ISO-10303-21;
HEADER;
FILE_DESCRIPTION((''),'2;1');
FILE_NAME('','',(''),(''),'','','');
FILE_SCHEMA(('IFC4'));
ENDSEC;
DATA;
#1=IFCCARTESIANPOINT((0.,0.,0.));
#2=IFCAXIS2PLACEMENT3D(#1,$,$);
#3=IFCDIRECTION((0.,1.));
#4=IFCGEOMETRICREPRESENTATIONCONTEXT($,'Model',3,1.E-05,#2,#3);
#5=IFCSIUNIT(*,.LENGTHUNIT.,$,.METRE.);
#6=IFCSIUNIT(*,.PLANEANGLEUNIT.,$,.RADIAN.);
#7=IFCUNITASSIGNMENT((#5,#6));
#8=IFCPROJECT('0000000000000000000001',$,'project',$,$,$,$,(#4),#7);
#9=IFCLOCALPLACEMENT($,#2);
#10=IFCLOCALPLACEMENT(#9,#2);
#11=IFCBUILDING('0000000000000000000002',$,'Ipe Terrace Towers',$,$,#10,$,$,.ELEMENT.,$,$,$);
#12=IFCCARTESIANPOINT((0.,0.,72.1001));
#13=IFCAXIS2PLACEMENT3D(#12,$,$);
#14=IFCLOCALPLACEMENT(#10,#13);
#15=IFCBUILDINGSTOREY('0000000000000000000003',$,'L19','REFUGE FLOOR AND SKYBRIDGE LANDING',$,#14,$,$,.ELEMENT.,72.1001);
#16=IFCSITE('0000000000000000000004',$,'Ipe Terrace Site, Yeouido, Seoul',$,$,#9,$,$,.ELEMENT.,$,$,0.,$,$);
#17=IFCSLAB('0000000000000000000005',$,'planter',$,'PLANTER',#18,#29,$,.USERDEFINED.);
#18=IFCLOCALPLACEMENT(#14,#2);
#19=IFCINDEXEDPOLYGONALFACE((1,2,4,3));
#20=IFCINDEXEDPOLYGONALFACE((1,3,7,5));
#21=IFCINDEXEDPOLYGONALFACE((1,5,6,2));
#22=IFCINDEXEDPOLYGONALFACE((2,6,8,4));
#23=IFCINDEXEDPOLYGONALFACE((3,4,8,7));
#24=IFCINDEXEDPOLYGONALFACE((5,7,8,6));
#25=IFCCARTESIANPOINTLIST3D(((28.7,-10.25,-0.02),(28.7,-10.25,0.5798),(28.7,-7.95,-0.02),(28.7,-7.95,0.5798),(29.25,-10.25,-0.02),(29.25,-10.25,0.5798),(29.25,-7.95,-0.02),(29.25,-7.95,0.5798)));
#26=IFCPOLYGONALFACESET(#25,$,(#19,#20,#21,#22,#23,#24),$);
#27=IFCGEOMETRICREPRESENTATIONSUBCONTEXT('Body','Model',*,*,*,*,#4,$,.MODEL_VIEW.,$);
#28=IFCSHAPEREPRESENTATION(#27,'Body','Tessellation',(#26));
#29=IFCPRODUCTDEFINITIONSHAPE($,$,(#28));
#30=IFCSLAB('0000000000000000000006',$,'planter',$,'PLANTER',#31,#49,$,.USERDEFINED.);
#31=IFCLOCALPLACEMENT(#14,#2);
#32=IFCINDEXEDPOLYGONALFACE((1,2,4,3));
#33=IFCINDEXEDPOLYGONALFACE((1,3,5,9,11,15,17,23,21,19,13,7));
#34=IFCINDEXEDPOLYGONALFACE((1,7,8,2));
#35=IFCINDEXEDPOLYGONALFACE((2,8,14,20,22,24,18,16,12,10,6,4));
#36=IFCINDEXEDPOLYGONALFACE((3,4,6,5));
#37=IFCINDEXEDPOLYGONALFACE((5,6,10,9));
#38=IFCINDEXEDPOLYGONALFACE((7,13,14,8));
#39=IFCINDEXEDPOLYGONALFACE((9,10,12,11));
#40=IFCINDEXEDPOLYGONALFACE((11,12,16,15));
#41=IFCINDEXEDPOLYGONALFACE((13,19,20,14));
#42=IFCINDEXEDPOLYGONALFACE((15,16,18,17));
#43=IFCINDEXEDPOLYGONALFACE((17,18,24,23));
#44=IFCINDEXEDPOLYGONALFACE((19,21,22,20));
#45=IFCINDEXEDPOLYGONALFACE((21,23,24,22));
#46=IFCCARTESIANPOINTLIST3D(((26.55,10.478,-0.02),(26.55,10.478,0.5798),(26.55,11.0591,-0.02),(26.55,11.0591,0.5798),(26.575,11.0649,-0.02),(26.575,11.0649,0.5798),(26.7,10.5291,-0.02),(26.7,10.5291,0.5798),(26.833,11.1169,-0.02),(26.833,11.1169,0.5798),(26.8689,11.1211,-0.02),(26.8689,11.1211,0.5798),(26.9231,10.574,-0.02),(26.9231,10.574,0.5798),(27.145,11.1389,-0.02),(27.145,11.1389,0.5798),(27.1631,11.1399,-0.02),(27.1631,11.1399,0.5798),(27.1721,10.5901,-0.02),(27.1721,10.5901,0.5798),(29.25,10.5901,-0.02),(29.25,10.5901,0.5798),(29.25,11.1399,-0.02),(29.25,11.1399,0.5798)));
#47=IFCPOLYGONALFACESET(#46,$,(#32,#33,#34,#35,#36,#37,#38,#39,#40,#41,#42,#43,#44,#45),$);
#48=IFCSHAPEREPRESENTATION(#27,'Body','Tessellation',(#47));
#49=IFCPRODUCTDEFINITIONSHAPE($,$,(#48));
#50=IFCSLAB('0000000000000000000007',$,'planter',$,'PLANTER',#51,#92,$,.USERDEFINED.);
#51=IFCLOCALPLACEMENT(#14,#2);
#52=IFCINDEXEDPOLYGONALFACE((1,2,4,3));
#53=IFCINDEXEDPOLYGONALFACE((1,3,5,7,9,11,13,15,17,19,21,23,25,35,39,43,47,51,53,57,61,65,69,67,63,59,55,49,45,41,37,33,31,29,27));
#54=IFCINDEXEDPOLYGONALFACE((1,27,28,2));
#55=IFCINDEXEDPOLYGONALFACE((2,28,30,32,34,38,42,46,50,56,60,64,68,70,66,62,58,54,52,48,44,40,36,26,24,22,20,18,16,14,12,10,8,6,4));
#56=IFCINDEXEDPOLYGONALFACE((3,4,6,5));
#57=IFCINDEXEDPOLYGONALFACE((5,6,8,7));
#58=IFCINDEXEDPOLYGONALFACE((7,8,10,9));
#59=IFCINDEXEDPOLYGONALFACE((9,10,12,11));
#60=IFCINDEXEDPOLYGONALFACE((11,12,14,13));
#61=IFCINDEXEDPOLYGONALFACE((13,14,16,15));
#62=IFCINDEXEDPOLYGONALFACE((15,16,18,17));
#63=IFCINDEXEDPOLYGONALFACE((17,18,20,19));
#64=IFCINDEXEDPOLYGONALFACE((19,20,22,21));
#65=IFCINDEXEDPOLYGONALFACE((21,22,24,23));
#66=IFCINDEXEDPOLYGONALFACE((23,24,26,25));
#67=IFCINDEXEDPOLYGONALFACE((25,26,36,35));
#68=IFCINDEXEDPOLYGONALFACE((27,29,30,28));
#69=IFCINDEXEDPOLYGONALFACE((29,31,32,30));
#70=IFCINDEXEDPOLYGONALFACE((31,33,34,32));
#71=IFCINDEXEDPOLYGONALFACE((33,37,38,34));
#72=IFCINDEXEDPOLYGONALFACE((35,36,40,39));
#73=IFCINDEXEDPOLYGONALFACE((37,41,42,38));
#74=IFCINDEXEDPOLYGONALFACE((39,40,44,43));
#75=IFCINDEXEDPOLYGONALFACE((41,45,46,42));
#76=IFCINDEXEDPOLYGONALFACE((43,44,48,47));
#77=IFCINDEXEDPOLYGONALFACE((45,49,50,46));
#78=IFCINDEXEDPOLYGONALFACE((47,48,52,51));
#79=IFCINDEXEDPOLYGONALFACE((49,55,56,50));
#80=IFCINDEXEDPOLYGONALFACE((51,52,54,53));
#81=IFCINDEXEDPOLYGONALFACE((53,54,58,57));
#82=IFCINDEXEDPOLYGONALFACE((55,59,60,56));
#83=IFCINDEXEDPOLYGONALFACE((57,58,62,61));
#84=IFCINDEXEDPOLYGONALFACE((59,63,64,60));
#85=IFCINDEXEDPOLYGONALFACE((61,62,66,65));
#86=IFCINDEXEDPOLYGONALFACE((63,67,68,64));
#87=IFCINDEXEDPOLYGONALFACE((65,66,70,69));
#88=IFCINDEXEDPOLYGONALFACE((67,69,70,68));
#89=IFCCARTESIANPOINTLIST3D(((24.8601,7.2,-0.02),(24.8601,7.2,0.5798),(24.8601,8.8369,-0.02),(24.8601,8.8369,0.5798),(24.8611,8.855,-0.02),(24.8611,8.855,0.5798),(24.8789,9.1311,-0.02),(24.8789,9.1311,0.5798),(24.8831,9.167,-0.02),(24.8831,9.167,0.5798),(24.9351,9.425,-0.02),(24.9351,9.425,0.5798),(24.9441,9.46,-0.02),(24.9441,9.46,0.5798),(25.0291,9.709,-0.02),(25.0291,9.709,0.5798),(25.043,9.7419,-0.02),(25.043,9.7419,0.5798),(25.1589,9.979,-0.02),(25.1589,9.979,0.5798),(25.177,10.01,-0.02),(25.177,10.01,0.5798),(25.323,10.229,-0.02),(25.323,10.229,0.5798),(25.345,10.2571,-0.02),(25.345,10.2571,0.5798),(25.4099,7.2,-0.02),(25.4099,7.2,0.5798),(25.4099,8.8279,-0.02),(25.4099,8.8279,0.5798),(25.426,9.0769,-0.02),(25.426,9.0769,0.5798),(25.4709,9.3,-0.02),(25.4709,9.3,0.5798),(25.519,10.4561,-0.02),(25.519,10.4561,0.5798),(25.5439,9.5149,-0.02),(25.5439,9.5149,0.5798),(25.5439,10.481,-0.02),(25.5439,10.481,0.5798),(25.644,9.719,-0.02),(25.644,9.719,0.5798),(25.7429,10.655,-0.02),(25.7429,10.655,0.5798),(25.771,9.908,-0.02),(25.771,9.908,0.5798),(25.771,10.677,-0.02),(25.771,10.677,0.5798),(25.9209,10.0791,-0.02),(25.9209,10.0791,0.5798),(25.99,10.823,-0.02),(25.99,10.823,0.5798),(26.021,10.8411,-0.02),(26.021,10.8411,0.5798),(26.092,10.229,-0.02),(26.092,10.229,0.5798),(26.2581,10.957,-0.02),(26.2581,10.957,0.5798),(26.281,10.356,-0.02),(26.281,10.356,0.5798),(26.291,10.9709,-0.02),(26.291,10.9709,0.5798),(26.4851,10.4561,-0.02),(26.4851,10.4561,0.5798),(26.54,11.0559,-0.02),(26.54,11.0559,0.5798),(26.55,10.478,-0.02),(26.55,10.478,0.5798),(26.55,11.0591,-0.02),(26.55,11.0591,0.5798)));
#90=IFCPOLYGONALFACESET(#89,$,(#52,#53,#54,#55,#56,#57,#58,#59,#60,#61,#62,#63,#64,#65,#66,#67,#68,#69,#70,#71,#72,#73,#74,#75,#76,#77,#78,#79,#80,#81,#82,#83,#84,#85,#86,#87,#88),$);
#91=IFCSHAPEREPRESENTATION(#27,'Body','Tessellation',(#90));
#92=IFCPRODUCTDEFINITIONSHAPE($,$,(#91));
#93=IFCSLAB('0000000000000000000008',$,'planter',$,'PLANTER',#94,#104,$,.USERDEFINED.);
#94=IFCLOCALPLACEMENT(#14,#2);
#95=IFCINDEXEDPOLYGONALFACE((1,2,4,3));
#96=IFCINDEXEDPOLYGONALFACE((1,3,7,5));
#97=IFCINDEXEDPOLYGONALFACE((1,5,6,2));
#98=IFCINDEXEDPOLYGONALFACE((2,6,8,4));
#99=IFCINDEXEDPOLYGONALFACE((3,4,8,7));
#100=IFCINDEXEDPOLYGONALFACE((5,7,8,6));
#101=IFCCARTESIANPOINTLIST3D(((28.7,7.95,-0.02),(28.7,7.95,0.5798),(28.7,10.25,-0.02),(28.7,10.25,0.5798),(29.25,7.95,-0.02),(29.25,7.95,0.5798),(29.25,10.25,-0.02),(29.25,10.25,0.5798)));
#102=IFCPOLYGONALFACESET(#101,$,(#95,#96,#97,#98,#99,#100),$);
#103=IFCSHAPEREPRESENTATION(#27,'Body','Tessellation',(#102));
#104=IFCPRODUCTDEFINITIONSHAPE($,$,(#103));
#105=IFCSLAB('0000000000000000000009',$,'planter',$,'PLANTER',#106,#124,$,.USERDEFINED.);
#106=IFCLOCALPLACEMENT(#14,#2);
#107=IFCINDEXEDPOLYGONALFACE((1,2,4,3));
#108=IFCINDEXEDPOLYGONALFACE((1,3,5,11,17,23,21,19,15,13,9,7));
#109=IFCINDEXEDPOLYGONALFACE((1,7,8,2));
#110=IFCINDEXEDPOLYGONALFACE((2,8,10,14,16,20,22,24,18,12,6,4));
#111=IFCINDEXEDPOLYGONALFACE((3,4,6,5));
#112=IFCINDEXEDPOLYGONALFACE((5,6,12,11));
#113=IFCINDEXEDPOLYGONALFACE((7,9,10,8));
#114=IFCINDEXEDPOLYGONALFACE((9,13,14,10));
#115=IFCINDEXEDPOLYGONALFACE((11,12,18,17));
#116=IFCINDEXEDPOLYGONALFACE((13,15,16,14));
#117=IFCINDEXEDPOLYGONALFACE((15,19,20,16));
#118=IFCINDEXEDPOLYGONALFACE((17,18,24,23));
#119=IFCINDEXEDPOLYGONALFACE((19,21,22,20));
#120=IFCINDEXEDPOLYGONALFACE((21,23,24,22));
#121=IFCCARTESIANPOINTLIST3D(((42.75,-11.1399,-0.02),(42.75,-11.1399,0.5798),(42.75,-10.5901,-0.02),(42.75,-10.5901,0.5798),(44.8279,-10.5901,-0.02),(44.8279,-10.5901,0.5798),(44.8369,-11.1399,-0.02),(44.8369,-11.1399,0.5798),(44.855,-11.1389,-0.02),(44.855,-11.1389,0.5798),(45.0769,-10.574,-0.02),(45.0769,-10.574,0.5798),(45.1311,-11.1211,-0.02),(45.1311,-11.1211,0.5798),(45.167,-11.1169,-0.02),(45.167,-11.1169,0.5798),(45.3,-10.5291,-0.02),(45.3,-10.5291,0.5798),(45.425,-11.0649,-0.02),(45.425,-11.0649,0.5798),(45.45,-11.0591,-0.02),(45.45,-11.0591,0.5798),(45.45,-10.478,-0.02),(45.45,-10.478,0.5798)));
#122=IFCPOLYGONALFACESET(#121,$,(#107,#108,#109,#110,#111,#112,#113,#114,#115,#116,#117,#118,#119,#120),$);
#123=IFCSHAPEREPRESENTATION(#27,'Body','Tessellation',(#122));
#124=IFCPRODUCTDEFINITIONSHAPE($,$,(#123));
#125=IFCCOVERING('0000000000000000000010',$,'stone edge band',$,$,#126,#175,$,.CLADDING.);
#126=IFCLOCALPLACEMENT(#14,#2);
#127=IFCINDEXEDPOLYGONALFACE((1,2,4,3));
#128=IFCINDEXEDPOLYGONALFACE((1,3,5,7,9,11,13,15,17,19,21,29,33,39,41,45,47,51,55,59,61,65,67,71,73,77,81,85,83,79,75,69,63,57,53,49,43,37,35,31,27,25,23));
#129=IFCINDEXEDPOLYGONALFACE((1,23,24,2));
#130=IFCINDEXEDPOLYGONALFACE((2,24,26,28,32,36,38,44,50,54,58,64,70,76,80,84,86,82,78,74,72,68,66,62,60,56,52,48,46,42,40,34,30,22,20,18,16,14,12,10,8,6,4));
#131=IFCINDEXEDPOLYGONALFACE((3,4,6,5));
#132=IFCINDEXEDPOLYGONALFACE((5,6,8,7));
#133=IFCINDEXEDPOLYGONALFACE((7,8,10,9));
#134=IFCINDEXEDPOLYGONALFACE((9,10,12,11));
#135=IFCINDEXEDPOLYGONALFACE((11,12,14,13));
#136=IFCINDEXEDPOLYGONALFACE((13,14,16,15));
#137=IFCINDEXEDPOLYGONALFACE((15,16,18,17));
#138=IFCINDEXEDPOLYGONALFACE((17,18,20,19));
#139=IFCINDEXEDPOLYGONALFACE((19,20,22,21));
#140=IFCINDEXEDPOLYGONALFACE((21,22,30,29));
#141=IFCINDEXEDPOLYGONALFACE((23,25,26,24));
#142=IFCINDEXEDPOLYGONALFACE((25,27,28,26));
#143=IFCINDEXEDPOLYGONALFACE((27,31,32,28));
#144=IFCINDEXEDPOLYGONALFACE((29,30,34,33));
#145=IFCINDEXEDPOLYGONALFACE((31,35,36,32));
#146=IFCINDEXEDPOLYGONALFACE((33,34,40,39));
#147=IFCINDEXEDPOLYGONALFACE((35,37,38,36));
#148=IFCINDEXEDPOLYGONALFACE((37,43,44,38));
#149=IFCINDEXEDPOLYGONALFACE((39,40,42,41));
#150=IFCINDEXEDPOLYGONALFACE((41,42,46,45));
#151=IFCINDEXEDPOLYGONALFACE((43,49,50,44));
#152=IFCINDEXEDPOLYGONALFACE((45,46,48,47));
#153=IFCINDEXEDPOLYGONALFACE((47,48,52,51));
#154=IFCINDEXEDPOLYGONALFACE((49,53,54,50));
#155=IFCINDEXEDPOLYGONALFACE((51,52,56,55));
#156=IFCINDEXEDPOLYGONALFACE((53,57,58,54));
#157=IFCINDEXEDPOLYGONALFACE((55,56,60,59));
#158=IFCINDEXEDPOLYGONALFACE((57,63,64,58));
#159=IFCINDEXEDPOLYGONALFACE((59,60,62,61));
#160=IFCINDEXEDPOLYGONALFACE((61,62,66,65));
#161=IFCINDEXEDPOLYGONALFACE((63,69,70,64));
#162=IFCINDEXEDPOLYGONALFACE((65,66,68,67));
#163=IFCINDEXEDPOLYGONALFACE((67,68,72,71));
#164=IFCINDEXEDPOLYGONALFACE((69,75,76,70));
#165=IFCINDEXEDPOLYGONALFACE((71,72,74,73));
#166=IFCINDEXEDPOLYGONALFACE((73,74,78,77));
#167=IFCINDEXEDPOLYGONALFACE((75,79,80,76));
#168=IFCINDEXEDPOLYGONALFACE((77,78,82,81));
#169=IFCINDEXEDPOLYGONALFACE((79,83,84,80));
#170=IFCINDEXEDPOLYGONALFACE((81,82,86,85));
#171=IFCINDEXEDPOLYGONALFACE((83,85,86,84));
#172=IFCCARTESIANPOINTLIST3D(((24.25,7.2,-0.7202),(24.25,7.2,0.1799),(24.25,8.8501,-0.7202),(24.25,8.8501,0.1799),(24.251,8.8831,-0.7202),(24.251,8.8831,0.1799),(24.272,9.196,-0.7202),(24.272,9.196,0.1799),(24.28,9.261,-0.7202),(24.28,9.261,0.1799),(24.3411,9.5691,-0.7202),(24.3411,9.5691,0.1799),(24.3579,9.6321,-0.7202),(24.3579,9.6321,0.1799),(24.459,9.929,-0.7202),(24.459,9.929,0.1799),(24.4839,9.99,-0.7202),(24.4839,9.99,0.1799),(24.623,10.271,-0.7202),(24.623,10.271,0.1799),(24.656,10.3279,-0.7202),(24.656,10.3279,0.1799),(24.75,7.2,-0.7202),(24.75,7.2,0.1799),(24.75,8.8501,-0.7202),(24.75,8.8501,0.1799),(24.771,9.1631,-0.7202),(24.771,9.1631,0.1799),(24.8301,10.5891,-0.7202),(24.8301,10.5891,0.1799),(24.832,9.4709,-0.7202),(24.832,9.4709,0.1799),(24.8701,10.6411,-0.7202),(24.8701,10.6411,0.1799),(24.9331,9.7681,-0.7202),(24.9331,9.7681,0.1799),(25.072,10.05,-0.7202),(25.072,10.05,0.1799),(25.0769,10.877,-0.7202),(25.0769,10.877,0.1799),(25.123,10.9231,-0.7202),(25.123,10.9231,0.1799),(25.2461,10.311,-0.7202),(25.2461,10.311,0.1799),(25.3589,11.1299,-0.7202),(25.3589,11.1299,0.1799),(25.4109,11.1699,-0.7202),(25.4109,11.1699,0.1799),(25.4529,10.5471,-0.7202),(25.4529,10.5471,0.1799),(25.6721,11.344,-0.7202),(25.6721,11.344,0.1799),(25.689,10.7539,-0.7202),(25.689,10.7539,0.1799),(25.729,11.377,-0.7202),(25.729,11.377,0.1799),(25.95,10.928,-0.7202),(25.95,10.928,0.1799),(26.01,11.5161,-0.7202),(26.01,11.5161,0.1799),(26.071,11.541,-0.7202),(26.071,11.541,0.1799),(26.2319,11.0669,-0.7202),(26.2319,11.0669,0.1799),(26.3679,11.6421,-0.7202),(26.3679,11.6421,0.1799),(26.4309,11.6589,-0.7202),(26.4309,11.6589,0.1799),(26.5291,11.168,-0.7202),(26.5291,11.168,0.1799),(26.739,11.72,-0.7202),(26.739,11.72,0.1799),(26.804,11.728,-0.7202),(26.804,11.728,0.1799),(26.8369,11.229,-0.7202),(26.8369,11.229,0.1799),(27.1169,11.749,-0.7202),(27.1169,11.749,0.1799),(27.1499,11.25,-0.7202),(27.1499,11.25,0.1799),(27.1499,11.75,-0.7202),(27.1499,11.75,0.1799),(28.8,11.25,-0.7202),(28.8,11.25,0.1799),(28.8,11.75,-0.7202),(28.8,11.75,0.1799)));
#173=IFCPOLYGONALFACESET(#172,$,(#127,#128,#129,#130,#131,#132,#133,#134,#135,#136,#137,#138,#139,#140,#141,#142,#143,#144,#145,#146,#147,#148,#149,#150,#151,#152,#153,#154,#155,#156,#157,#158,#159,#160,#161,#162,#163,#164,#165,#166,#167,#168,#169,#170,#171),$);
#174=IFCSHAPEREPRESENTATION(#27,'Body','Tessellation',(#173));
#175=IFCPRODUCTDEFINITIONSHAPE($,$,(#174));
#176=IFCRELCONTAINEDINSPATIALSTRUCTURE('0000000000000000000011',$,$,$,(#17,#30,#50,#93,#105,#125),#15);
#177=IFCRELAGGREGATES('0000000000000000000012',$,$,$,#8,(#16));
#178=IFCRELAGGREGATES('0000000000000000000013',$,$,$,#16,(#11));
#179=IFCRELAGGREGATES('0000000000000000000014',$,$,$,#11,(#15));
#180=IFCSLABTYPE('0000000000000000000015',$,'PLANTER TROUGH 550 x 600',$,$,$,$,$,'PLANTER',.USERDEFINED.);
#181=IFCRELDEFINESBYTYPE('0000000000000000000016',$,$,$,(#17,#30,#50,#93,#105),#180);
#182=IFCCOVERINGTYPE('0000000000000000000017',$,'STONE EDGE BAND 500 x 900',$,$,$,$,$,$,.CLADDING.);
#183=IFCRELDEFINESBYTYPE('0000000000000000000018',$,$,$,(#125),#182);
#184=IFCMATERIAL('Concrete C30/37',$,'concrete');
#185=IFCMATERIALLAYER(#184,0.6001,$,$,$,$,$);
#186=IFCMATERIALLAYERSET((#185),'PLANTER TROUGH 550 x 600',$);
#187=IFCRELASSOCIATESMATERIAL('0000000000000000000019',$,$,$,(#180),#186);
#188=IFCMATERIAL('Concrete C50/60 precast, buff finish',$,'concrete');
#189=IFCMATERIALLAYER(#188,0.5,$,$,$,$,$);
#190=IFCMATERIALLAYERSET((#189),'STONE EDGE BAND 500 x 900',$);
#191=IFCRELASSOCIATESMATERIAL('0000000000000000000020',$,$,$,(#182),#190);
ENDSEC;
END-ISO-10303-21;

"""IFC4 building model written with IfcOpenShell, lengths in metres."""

from ifc_helpers import new_model, si_unit, direction, frame, origin, place, context, subcontext, project, spatial, polyline, outline, extrude, material, layer, layer_set, type_object, element, save


model = new_model("IFC4")

# Units and contexts
model_context = context("Model", 3, precision=1e-05, world=origin(), true_north=direction((0.0, 1.0)))
body_context = subcontext(model_context, "Body", "Model", "MODEL_VIEW")
ifc_project = project(units=[si_unit("LENGTHUNIT", "METRE"), si_unit("PLANEANGLEUNIT", "RADIAN")], contexts=[model_context])

# Site, building, storey
site_placement = place(None, origin())
site = spatial("IfcSite", under=ifc_project, at=site_placement, Name="Ipe Terrace Site, Yeouido, Seoul", CompositionType="ELEMENT", RefElevation=0.0)
building_placement = place(site_placement, origin())
building = spatial("IfcBuilding", under=site, at=building_placement, Name="Ipe Terrace Towers", CompositionType="ELEMENT")
storey_placement = place(building_placement, frame((0.0, 0.0, 72.1001)))
storey = spatial("IfcBuildingStorey", under=building, at=storey_placement, Name="L19", Description="REFUGE FLOOR AND SKYBRIDGE LANDING", CompositionType="ELEMENT", Elevation=72.1001)

# Slabs
ifc_material_1 = material(Name="Concrete C30/37", Category="concrete")
ifc_layer_1 = layer(ifc_material_1, 0.6001)
ifc_layer_set_1 = layer_set([ifc_layer_1], Name="PLANTER TROUGH 550 x 600")
slab_type_1 = type_object("IfcSlabType", Name="PLANTER TROUGH 550 x 600", ElementType="PLANTER", PredefinedType="USERDEFINED", material=ifc_layer_set_1)
slab_1_placement = place(storey_placement, frame((0.0, 0.0, -0.02)))
element("IfcSlab", 1, at=slab_1_placement, inside=storey, type_object=slab_type_1, Name="planter", ObjectType="PLANTER", PredefinedType="USERDEFINED", context=body_context, shape_type="SweptSolid", body=[
    extrude(outline(polyline([(29.25, -7.95), (28.7, -7.95), (28.7, -10.25), (29.25, -10.25), (29.25, -7.95)])), origin(), (0.0, 0.0, 1.0), 0.5999),
])
slab_2_placement = place(storey_placement, frame((0.0, 0.0, -0.02)))
element("IfcSlab", 2, at=slab_2_placement, inside=storey, type_object=slab_type_1, Name="planter", ObjectType="PLANTER", PredefinedType="USERDEFINED", context=body_context, shape_type="SweptSolid", body=[
    extrude(outline(polyline([(26.7, 10.5291), (26.9231, 10.574), (27.1721, 10.5901), (29.25, 10.5901), (29.25, 11.1399), (27.1631, 11.1399), (27.145, 11.1389), (26.8689, 11.1211), (26.833, 11.1169), (26.575, 11.0649), (26.55, 11.0591), (26.55, 10.478), (26.7, 10.5291)])), origin(), (0.0, 0.0, 1.0), 0.5999),
])
slab_3_placement = place(storey_placement, frame((0.0, 0.0, -0.02)))
element("IfcSlab", 3, at=slab_3_placement, inside=storey, type_object=slab_type_1, Name="planter", ObjectType="PLANTER", PredefinedType="USERDEFINED", context=body_context, shape_type="SweptSolid", body=[
    extrude(outline(polyline([(26.4851, 10.4561), (26.55, 10.478), (26.55, 11.0591), (26.54, 11.0559), (26.291, 10.9709), (26.2581, 10.957), (26.021, 10.8411), (25.99, 10.823), (25.771, 10.677), (25.7429, 10.655), (25.5439, 10.481), (25.519, 10.4561), (25.345, 10.2571), (25.323, 10.229), (25.177, 10.01), (25.1589, 9.979), (25.043, 9.7419), (25.0291, 9.709), (24.9441, 9.46), (24.9351, 9.425), (24.8831, 9.167), (24.8789, 9.1311), (24.8611, 8.855), (24.8601, 8.8369), (24.8601, 7.2), (25.4099, 7.2), (25.4099, 8.8279), (25.426, 9.0769), (25.4709, 9.3), (25.5439, 9.5149), (25.644, 9.719), (25.771, 9.908), (25.9209, 10.0791), (26.092, 10.229), (26.281, 10.356), (26.4851, 10.4561)])), origin(), (0.0, 0.0, 1.0), 0.5999),
])
slab_4_placement = place(storey_placement, frame((0.0, 0.0, -0.02)))
element("IfcSlab", 4, at=slab_4_placement, inside=storey, type_object=slab_type_1, Name="planter", ObjectType="PLANTER", PredefinedType="USERDEFINED", context=body_context, shape_type="SweptSolid", body=[
    extrude(outline(polyline([(29.25, 7.95), (29.25, 10.25), (28.7, 10.25), (28.7, 7.95), (29.25, 7.95)])), origin(), (0.0, 0.0, 1.0), 0.5999),
])
slab_5_placement = place(storey_placement, frame((0.0, 0.0, -0.02)))
element("IfcSlab", 5, at=slab_5_placement, inside=storey, type_object=slab_type_1, Name="planter", ObjectType="PLANTER", PredefinedType="USERDEFINED", context=body_context, shape_type="SweptSolid", body=[
    extrude(outline(polyline([(45.3, -10.5291), (45.0769, -10.574), (44.8279, -10.5901), (42.75, -10.5901), (42.75, -11.1399), (44.8369, -11.1399), (44.855, -11.1389), (45.1311, -11.1211), (45.167, -11.1169), (45.425, -11.0649), (45.45, -11.0591), (45.45, -10.478), (45.3, -10.5291)])), origin(), (0.0, 0.0, 1.0), 0.5999),
])

# Covering
ifc_material_2 = material(Name="Concrete C50/60 precast, buff finish", Category="concrete")
ifc_layer_2 = layer(ifc_material_2, 0.5)
ifc_layer_set_2 = layer_set([ifc_layer_2], Name="STONE EDGE BAND 500 x 900")
covering_type = type_object("IfcCoveringType", Name="STONE EDGE BAND 500 x 900", PredefinedType="CLADDING", material=ifc_layer_set_2)
covering_1_placement = place(storey_placement, frame((0.0, 0.0, -0.7202)))
element("IfcCovering", 6, at=covering_1_placement, inside=storey, type_object=covering_type, Name="stone edge band", PredefinedType="CLADDING", context=body_context, shape_type="SweptSolid", body=[
    extrude(outline(polyline([(24.25, 8.8501), (24.25, 7.2), (24.75, 7.2), (24.75, 8.8501), (24.771, 9.1631), (24.832, 9.4709), (24.9331, 9.7681), (25.072, 10.05), (25.2461, 10.311), (25.4529, 10.5471), (25.689, 10.7539), (25.95, 10.928), (26.2319, 11.0669), (26.5291, 11.168), (26.8369, 11.229), (27.1499, 11.25), (28.8, 11.25), (28.8, 11.75), (27.1499, 11.75), (27.1169, 11.749), (26.804, 11.728), (26.739, 11.72), (26.4309, 11.6589), (26.3679, 11.6421), (26.071, 11.541), (26.01, 11.5161), (25.729, 11.377), (25.6721, 11.344), (25.4109, 11.1699), (25.3589, 11.1299), (25.123, 10.9231), (25.0769, 10.877), (24.8701, 10.6411), (24.8301, 10.5891), (24.656, 10.3279), (24.623, 10.271), (24.4839, 9.99), (24.459, 9.929), (24.3579, 9.6321), (24.3411, 9.5691), (24.28, 9.261), (24.272, 9.196), (24.251, 8.8831), (24.25, 8.8501)])), origin(), (0.0, 0.0, 1.0), 0.9001),
])

save(model, "model.ifc")
